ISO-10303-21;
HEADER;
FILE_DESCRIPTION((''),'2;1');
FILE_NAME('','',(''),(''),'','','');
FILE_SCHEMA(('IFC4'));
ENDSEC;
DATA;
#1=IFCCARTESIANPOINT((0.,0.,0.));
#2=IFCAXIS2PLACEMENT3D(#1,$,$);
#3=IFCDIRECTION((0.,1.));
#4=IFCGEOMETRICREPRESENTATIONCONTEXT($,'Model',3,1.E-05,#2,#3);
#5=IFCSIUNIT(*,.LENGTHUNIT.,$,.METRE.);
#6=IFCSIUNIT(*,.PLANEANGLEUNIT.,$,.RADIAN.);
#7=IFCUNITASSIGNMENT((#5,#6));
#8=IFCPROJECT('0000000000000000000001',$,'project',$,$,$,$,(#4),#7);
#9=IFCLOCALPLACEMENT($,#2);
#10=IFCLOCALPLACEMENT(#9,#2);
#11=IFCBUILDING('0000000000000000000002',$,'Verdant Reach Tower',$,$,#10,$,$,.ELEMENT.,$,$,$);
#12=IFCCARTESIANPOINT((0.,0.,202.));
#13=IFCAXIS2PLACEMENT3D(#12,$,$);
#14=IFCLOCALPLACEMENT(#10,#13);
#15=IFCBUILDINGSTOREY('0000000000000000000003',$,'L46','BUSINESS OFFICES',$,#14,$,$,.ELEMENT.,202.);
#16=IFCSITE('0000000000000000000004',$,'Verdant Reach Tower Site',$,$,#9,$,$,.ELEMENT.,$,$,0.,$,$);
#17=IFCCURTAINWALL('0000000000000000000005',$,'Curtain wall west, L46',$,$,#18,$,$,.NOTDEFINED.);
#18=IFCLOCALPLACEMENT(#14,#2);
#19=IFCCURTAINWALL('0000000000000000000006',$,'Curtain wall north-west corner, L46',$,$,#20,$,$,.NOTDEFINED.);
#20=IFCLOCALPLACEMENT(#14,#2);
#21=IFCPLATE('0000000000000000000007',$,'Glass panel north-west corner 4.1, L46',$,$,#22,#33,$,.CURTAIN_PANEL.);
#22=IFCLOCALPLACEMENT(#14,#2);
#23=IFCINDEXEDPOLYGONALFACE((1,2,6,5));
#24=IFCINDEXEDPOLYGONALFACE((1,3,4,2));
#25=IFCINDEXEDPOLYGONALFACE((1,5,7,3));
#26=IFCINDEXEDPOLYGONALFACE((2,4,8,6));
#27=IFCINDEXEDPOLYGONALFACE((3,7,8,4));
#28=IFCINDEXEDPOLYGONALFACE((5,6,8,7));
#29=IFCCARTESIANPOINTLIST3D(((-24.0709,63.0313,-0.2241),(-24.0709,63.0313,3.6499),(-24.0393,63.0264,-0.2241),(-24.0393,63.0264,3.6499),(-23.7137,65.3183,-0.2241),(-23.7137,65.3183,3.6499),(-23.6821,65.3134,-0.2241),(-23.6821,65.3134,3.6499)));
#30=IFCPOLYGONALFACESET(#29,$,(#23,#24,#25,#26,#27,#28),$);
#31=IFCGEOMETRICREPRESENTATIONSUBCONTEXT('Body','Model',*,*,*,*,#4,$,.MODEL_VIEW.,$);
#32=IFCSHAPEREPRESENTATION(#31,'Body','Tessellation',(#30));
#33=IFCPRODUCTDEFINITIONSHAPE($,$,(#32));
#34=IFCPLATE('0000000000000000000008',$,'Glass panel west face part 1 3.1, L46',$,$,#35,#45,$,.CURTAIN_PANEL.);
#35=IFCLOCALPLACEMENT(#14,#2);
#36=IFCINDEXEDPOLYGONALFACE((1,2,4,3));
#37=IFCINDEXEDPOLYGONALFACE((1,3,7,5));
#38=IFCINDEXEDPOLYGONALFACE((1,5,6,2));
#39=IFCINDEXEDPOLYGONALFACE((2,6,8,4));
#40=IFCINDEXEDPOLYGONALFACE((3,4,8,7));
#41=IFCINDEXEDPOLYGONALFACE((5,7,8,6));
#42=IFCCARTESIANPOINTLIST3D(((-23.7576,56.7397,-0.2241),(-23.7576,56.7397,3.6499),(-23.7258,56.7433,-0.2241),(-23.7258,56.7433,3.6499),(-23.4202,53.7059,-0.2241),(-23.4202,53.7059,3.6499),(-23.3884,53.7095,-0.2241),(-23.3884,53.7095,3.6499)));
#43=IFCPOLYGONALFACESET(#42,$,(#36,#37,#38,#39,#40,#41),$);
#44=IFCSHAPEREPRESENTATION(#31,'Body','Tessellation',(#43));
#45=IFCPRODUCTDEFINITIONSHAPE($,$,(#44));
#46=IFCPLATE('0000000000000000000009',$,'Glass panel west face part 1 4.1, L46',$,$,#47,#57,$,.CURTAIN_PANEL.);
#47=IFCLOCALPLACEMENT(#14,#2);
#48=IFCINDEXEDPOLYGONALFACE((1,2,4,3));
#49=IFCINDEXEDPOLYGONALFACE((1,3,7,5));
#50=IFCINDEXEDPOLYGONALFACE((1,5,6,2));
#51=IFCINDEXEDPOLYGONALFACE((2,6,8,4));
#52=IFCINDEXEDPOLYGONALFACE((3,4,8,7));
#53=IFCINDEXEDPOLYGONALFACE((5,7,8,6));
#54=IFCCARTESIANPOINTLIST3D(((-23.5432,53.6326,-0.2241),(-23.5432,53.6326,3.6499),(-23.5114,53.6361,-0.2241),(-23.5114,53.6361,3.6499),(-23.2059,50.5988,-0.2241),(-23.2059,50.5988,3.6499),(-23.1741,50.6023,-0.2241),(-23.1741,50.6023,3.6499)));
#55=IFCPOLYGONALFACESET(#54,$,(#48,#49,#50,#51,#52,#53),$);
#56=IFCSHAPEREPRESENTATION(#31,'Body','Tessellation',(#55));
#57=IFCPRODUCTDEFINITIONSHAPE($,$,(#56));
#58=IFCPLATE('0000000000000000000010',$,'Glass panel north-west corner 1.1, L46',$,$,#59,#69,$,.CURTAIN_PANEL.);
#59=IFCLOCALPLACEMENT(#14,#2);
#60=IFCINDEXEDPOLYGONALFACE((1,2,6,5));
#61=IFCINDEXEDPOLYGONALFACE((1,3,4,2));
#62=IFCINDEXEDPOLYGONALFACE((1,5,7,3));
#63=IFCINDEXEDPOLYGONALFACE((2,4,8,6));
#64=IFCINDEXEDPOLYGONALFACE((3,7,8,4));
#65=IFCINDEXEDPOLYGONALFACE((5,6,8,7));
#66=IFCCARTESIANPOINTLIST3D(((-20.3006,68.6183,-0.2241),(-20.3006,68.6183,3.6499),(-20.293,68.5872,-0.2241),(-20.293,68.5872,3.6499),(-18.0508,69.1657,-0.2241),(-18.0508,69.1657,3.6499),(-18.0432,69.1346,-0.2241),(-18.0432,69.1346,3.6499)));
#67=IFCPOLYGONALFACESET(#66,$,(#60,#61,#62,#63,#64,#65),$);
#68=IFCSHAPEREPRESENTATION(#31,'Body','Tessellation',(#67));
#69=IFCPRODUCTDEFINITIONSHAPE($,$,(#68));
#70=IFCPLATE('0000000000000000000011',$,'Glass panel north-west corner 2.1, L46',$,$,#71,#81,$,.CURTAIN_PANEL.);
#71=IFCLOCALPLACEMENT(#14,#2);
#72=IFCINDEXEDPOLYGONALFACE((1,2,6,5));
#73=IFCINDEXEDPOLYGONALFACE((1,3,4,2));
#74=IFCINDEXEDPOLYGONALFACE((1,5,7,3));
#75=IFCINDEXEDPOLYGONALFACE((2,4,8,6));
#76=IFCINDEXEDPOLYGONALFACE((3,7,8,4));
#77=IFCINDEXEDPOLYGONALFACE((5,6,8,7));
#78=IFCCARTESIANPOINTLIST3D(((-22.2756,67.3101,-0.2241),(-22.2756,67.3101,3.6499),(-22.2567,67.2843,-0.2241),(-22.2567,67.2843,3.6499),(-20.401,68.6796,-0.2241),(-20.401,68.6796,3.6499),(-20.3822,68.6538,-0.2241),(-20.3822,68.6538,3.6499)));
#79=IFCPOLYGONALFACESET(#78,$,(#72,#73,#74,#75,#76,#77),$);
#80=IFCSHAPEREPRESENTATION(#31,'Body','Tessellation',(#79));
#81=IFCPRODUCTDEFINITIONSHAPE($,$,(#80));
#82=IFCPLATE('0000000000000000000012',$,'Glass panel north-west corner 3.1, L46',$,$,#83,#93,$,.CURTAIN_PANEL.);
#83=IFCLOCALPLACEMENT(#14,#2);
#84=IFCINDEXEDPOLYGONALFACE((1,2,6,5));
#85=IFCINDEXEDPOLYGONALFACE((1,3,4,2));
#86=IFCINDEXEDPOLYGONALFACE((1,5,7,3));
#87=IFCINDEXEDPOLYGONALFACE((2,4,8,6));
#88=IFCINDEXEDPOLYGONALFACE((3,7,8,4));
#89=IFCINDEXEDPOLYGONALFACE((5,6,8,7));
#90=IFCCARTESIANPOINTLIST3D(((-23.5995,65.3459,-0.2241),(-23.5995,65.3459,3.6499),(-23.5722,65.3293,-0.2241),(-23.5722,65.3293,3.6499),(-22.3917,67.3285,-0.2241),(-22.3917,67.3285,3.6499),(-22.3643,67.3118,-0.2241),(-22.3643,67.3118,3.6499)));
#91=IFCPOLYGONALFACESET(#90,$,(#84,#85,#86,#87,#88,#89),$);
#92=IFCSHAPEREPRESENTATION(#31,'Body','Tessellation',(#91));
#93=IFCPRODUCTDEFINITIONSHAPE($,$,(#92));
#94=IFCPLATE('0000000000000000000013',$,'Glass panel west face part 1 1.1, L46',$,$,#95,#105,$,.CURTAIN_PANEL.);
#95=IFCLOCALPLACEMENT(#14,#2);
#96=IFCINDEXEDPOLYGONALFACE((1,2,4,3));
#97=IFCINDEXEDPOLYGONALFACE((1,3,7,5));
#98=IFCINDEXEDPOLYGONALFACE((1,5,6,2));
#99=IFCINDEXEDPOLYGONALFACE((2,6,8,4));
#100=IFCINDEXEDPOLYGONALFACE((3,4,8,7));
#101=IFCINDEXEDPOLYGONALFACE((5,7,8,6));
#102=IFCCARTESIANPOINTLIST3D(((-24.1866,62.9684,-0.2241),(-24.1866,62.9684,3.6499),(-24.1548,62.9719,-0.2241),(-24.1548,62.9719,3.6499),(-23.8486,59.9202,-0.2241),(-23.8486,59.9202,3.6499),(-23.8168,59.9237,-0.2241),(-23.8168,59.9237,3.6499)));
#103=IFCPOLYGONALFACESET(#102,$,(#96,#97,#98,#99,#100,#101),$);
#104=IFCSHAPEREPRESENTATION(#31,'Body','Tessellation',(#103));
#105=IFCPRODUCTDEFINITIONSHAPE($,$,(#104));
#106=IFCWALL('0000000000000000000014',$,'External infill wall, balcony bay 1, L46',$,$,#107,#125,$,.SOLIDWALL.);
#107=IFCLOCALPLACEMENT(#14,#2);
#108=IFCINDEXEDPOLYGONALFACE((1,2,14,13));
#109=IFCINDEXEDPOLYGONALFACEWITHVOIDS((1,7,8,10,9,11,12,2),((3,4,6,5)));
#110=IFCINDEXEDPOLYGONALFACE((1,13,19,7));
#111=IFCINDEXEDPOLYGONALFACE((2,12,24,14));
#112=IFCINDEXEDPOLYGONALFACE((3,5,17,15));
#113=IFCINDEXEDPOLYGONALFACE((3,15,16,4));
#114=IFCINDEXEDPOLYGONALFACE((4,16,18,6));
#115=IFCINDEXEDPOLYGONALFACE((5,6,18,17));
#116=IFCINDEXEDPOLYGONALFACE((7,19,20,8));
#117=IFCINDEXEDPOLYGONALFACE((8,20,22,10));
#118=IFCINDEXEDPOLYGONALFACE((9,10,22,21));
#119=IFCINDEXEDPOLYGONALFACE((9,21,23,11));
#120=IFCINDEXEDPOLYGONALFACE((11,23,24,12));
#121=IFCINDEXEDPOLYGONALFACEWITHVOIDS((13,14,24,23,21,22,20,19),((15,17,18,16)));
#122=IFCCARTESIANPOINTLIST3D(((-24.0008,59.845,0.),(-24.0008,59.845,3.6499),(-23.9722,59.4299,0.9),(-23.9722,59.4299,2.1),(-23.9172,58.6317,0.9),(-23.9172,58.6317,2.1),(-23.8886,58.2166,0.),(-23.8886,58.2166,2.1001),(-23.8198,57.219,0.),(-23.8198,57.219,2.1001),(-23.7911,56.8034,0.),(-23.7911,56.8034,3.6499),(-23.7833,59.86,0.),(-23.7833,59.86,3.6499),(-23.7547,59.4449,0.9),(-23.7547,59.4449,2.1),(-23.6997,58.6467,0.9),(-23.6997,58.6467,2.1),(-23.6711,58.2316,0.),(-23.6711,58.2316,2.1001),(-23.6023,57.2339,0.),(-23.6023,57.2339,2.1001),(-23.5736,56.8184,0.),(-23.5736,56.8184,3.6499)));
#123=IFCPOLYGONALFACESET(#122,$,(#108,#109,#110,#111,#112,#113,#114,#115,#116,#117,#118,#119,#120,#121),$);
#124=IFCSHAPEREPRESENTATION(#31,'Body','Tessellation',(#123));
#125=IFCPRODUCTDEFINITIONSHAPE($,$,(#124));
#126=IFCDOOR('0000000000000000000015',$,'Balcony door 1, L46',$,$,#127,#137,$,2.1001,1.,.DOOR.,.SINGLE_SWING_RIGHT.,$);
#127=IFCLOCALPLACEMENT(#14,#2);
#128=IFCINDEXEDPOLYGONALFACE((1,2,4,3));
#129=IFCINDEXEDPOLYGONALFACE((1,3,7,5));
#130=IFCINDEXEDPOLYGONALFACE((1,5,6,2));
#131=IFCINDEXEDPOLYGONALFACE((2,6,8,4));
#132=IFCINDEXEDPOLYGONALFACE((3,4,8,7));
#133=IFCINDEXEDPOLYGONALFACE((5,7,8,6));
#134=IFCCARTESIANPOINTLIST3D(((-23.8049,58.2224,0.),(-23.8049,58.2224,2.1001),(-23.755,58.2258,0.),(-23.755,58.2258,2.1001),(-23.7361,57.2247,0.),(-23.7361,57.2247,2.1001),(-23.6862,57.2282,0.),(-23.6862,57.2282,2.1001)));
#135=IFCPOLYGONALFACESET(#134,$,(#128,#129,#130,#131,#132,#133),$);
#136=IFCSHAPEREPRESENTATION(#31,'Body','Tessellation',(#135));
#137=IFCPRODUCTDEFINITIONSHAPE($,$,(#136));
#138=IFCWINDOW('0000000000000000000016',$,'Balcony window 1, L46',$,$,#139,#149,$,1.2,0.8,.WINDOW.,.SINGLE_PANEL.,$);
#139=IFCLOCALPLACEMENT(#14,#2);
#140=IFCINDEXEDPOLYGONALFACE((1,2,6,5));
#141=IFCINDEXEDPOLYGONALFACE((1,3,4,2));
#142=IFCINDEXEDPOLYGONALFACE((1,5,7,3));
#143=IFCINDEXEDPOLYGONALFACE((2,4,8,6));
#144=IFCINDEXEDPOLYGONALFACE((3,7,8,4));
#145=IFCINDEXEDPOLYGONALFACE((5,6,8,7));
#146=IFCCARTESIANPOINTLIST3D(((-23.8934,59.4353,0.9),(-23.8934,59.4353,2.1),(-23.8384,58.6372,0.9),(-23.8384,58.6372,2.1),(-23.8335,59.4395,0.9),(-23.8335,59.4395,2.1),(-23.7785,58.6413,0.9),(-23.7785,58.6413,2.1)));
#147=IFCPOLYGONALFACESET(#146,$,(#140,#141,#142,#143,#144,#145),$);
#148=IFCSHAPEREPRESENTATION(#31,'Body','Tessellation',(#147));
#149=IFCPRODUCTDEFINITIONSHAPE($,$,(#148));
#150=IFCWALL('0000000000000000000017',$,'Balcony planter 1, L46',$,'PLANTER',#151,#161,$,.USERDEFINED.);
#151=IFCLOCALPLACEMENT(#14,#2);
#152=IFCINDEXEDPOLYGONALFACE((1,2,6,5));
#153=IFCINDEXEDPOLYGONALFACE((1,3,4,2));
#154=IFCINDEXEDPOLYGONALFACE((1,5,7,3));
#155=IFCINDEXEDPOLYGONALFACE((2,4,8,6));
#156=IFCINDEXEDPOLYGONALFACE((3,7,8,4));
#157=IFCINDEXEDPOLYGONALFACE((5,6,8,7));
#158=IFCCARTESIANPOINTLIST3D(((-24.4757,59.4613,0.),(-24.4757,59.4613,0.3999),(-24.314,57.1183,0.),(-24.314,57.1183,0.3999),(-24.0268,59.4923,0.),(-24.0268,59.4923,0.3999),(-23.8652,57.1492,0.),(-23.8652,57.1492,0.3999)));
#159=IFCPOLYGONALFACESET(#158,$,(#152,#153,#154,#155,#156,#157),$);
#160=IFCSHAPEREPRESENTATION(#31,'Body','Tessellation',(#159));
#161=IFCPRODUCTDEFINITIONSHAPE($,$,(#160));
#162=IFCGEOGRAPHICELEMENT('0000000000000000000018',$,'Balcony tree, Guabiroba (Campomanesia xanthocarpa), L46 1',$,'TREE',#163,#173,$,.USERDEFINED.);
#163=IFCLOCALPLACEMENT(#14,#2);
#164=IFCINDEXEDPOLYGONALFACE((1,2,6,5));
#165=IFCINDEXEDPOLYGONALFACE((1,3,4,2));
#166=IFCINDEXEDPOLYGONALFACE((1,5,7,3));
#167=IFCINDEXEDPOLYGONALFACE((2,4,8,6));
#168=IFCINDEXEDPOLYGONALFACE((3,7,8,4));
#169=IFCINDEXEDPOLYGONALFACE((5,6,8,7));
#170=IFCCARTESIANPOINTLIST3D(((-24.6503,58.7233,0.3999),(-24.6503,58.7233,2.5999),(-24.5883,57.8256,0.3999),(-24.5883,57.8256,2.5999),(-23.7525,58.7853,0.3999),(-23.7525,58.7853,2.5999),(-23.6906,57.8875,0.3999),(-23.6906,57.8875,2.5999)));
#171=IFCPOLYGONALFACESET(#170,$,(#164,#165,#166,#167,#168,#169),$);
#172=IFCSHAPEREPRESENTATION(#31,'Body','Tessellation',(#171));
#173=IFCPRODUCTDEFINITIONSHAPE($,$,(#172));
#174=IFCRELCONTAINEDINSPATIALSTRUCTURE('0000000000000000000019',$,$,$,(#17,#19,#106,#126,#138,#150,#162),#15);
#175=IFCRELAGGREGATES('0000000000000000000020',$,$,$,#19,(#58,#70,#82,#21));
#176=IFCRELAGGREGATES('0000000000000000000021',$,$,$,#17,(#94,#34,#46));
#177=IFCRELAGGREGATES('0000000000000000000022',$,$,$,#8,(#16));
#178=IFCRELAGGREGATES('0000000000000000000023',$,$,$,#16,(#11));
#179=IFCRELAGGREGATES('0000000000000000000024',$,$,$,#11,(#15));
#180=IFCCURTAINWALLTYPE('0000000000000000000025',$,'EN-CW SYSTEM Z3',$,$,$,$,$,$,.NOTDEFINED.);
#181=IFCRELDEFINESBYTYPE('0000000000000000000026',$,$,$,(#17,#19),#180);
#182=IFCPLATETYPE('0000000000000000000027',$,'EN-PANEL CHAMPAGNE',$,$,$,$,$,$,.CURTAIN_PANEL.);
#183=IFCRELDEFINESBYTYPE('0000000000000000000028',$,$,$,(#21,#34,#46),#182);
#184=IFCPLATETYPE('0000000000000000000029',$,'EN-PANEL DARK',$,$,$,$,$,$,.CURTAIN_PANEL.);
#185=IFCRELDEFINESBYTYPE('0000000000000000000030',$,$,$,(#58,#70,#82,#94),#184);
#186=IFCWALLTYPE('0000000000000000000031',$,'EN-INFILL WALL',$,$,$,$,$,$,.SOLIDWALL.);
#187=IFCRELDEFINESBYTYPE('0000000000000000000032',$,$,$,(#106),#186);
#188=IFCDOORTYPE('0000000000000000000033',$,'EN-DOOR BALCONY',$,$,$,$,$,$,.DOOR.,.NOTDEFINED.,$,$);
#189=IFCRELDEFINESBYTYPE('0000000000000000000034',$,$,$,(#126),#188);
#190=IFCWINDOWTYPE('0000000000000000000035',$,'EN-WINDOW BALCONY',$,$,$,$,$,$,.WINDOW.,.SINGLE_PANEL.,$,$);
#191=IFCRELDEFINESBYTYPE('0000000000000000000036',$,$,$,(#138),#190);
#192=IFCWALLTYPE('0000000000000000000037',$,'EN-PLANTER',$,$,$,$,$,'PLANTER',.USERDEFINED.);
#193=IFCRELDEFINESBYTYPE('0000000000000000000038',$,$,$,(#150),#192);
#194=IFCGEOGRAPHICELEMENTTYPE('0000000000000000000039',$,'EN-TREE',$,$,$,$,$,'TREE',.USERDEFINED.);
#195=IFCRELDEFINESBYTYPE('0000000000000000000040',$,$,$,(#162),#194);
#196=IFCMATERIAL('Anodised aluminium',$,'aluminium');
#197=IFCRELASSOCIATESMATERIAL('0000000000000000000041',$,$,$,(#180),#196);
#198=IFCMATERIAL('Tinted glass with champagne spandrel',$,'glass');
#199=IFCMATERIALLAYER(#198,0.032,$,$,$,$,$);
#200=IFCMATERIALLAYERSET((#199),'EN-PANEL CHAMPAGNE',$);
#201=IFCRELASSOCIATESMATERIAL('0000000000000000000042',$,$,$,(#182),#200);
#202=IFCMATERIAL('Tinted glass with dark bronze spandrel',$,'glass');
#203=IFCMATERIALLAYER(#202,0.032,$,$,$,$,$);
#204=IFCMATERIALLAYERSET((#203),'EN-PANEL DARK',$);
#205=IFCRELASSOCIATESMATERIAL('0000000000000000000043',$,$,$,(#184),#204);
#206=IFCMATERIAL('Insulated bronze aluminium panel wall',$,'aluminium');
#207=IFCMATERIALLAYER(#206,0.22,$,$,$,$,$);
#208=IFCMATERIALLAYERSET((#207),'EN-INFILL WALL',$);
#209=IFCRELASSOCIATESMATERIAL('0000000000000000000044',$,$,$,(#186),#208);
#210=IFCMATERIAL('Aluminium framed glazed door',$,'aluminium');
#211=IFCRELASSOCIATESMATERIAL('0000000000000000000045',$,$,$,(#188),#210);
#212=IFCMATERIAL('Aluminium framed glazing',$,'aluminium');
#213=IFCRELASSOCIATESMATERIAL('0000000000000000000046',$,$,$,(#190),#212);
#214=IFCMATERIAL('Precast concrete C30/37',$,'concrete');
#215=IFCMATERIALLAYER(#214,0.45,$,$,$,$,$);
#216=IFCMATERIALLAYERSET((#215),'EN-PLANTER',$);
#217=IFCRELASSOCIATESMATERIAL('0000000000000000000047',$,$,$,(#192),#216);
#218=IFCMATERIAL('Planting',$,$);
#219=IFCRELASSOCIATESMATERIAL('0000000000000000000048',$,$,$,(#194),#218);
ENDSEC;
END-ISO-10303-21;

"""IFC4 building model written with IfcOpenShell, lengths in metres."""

from ifc_helpers import new_model, si_unit, direction, frame, frame_2d, origin, origin_2d, place, context, subcontext, project, spatial, rectangle, extrude, material, layer, layer_set, type_object, element, fill, aggregate, save


model = new_model("IFC4")

# Units and contexts
model_context = context("Model", 3, precision=1e-05, world=origin(), true_north=direction((0.0, 1.0)))
body_context = subcontext(model_context, "Body", "Model", "MODEL_VIEW")
ifc_project = project(units=[si_unit("LENGTHUNIT", "METRE"), si_unit("PLANEANGLEUNIT", "RADIAN")], contexts=[model_context])

# Site, building, storey
site_placement = place(None, origin())
site = spatial("IfcSite", under=ifc_project, at=site_placement, Name="Verdant Reach Tower Site", CompositionType="ELEMENT", RefElevation=0.0)
building_placement = place(site_placement, origin())
building = spatial("IfcBuilding", under=site, at=building_placement, Name="Verdant Reach Tower", CompositionType="ELEMENT")
storey_placement = place(building_placement, frame((0.0, 0.0, 202.0)))
storey = spatial("IfcBuildingStorey", under=building, at=storey_placement, Name="L46", Description="BUSINESS OFFICES", CompositionType="ELEMENT", Elevation=202.0)

# Curtain wall
ifc_material_1 = material(Name="Anodised aluminium", Category="aluminium")
curtain_wall_type = type_object("IfcCurtainWallType", Name="EN-CW SYSTEM Z3", PredefinedType="NOTDEFINED", material=ifc_material_1)
curtain_wall_1_placement = place(storey_placement, origin())
curtain_wall_1 = element("IfcCurtainWall", 1, at=curtain_wall_1_placement, inside=storey, type_object=curtain_wall_type, Name="Curtain wall west, L46", PredefinedType="NOTDEFINED")

# Curtain wall, plate
curtain_wall_2_placement = place(storey_placement, origin())
curtain_wall_2 = element("IfcCurtainWall", 2, at=curtain_wall_2_placement, inside=storey, type_object=curtain_wall_type, Name="Curtain wall north-west corner, L46", PredefinedType="NOTDEFINED")
ifc_material_2 = material(Name="Tinted glass with champagne spandrel", Category="glass")
ifc_layer_1 = layer(ifc_material_2, 0.032)
ifc_layer_set_1 = layer_set([ifc_layer_1], Name="EN-PANEL CHAMPAGNE")
plate_type_1 = type_object("IfcPlateType", Name="EN-PANEL CHAMPAGNE", PredefinedType="CURTAIN_PANEL", material=ifc_layer_set_1)
plate_1_placement = place(storey_placement, frame((-23.8765, 64.1724, -0.2241), z_axis=(0.0, 0.0, 1.0), x_axis=(-0.154312, -0.988022, 0.0)))
plate_1 = element("IfcPlate", 3, at=plate_1_placement, type_object=plate_type_1, Name="Glass panel north-west corner 4.1, L46", PredefinedType="CURTAIN_PANEL", context=body_context, shape_type="SweptSolid", body=[
    extrude(rectangle(XDim=2.3147, YDim=0.032, at=origin_2d()), origin(), (0.0, 0.0, 1.0), 3.874),
])

# Plates
plate_2_placement = place(storey_placement, frame((-23.573, 55.2246, -0.2241), z_axis=(0.0, 0.0, 1.0), x_axis=(0.110518, -0.993874, 0.0)))
plate_2 = element("IfcPlate", 4, at=plate_2_placement, type_object=plate_type_1, Name="Glass panel west face part 1 3.1, L46", PredefinedType="CURTAIN_PANEL", context=body_context, shape_type="SweptSolid", body=[
    extrude(rectangle(XDim=3.0525, YDim=0.032, at=origin_2d()), origin(), (0.0, 0.0, 1.0), 3.874),
])
plate_3_placement = place(storey_placement, frame((-23.3586, 52.1174, -0.2241), z_axis=(0.0, 0.0, 1.0), x_axis=(0.110518, -0.993874, 0.0)))
plate_3 = element("IfcPlate", 5, at=plate_3_placement, type_object=plate_type_1, Name="Glass panel west face part 1 4.1, L46", PredefinedType="CURTAIN_PANEL", context=body_context, shape_type="SweptSolid", body=[
    extrude(rectangle(XDim=3.0525, YDim=0.032, at=origin_2d()), origin(), (0.0, 0.0, 1.0), 3.874),
])
ifc_material_3 = material(Name="Tinted glass with dark bronze spandrel", Category="glass")
ifc_layer_2 = layer(ifc_material_3, 0.032)
ifc_layer_set_2 = layer_set([ifc_layer_2], Name="EN-PANEL DARK")
plate_type_2 = type_object("IfcPlateType", Name="EN-PANEL DARK", PredefinedType="CURTAIN_PANEL", material=ifc_layer_set_2)
plate_4_placement = place(storey_placement, frame((-19.1719, 68.8765, -0.2241), z_axis=(0.0, 0.0, 1.0), x_axis=(-0.971655, -0.236403, 0.0)))
plate_4 = element("IfcPlate", 6, at=plate_4_placement, type_object=plate_type_2, Name="Glass panel north-west corner 1.1, L46", PredefinedType="CURTAIN_PANEL", context=body_context, shape_type="SweptSolid", body=[
    extrude(rectangle(XDim=2.3154, YDim=0.032, at=origin_2d()), origin(), (0.0, 0.0, 1.0), 3.874),
])
plate_5_placement = place(storey_placement, frame((-21.3289, 67.9819, -0.2241), z_axis=(0.0, 0.0, 1.0), x_axis=(-0.807457, -0.589927, 0.0)))
plate_5 = element("IfcPlate", 7, at=plate_5_placement, type_object=plate_type_2, Name="Glass panel north-west corner 2.1, L46", PredefinedType="CURTAIN_PANEL", context=body_context, shape_type="SweptSolid", body=[
    extrude(rectangle(XDim=2.3215, YDim=0.032, at=origin_2d()), origin(), (0.0, 0.0, 1.0), 3.874),
])
plate_6_placement = place(storey_placement, frame((-22.9819, 66.3289, -0.2241), z_axis=(0.0, 0.0, 1.0), x_axis=(-0.520292, -0.853989, 0.0)))
plate_6 = element("IfcPlate", 8, at=plate_6_placement, type_object=plate_type_2, Name="Glass panel north-west corner 3.1, L46", PredefinedType="CURTAIN_PANEL", context=body_context, shape_type="SweptSolid", body=[
    extrude(rectangle(XDim=2.3215, YDim=0.032, at=origin_2d()), origin(), (0.0, 0.0, 1.0), 3.874),
])
aggregate(curtain_wall_2, [plate_4, plate_5, plate_6, plate_1])
plate_7_placement = place(storey_placement, frame((-24.0017, 61.446, -0.2241), z_axis=(0.0, 0.0, 1.0), x_axis=(0.110214, -0.993908, 0.0)))
plate_7 = element("IfcPlate", 9, at=plate_7_placement, type_object=plate_type_2, Name="Glass panel west face part 1 1.1, L46", PredefinedType="CURTAIN_PANEL", context=body_context, shape_type="SweptSolid", body=[
    extrude(rectangle(XDim=3.0669, YDim=0.032, at=origin_2d()), origin(), (0.0, 0.0, 1.0), 3.874),
])
aggregate(curtain_wall_1, [plate_7, plate_2, plate_3])

# Wall, openings, door, window
ifc_material_4 = material(Name="Insulated bronze aluminium panel wall", Category="aluminium")
ifc_layer_3 = layer(ifc_material_4, 0.22)
ifc_layer_set_3 = layer_set([ifc_layer_3], Name="EN-INFILL WALL")
wall_type_1 = type_object("IfcWallType", Name="EN-INFILL WALL", PredefinedType="SOLIDWALL", material=ifc_layer_set_3)
wall_1_placement = place(storey_placement, frame((-23.8921, 59.8525, 0.0), z_axis=(0.0, 0.0, 1.0), x_axis=(0.068788, -0.997631, 0.0)))
wall_1 = element("IfcWall", 10, at=wall_1_placement, inside=storey, type_object=wall_type_1, Name="External infill wall, balcony bay 1, L46", PredefinedType="SOLIDWALL", context=body_context, shape_type="SweptSolid", body=[
    extrude(rectangle(XDim=3.0488, YDim=0.218, at=frame_2d((1.5244, 0.0))), origin(), (0.0, 0.0, 1.0), 3.6499),
])
opening_1_placement = place(wall_1_placement, frame((1.6323, 0.0, 0.0)))
opening_1 = element("IfcOpeningElement", 11, at=opening_1_placement, cuts=wall_1, PredefinedType="OPENING", context=body_context, shape_type="SweptSolid", body=[
    extrude(rectangle(XDim=1.0, YDim=2.1001, at=frame_2d((0.5, 1.05))), frame((0.0, 0.1189, 0.0), z_axis=(0.0, -1.0, 0.0), x_axis=(1.0, 0.0, 0.0)), (0.0, 0.0, 1.0), 0.238),
])
opening_2_placement = place(wall_1_placement, frame((0.4163, 0.0, 0.8999)))
opening_2 = element("IfcOpeningElement", 12, at=opening_2_placement, cuts=wall_1, PredefinedType="OPENING", context=body_context, shape_type="SweptSolid", body=[
    extrude(rectangle(XDim=0.8, YDim=1.2, at=frame_2d((0.3999, 0.6001))), frame((0.0, 0.1189, 0.0), z_axis=(0.0, -1.0, 0.0), x_axis=(1.0, 0.0, 0.0)), (0.0, 0.0, 1.0), 0.238),
])
ifc_material_5 = material(Name="Aluminium framed glazed door", Category="aluminium")
door_type = type_object("IfcDoorType", Name="EN-DOOR BALCONY", OperationType="NOTDEFINED", PredefinedType="DOOR", material=ifc_material_5)
door_placement = place(opening_1_placement, origin())
door = element("IfcDoor", 13, at=door_placement, inside=storey, type_object=door_type, Name="Balcony door 1, L46", OperationType="SINGLE_SWING_RIGHT", OverallHeight=2.1001, OverallWidth=1.0, PredefinedType="DOOR", context=body_context, shape_type="SweptSolid", body=[
    extrude(rectangle(XDim=1.0, YDim=2.1001, at=frame_2d((0.5, 1.05))), frame((0.0, 0.0249, 0.0), z_axis=(0.0, -1.0, 0.0), x_axis=(1.0, 0.0, 0.0)), (0.0, 0.0, 1.0), 0.05),
])
fill(opening_1, door)
ifc_material_6 = material(Name="Aluminium framed glazing", Category="aluminium")
window_type = type_object("IfcWindowType", Name="EN-WINDOW BALCONY", PartitioningType="SINGLE_PANEL", PredefinedType="WINDOW", material=ifc_material_6)
window_placement = place(opening_2_placement, origin())
window = element("IfcWindow", 14, at=window_placement, inside=storey, type_object=window_type, Name="Balcony window 1, L46", OverallHeight=1.2, OverallWidth=0.8, PartitioningType="SINGLE_PANEL", PredefinedType="WINDOW", context=body_context, shape_type="SweptSolid", body=[
    extrude(rectangle(XDim=0.8, YDim=1.2, at=frame_2d((0.3999, 0.6001))), frame((0.0, 0.03, 0.0), z_axis=(0.0, -1.0, 0.0), x_axis=(1.0, 0.0, 0.0)), (0.0, 0.0, 1.0), 0.0601),
])
fill(opening_2, window)

# Wall
ifc_material_7 = material(Name="Precast concrete C30/37", Category="concrete")
ifc_layer_4 = layer(ifc_material_7, 0.45)
ifc_layer_set_4 = layer_set([ifc_layer_4], Name="EN-PLANTER")
wall_type_2 = type_object("IfcWallType", Name="EN-PLANTER", ElementType="PLANTER", PredefinedType="USERDEFINED", material=ifc_layer_set_4)
wall_2_placement = place(storey_placement, frame((-24.2512, 59.4768, 0.0), z_axis=(0.0, 0.0, 1.0), x_axis=(0.068816, -0.997629, 0.0)))
element("IfcWall", 15, at=wall_2_placement, inside=storey, type_object=wall_type_2, Name="Balcony planter 1, L46", ObjectType="PLANTER", PredefinedType="USERDEFINED", context=body_context, shape_type="SweptSolid", body=[
    extrude(rectangle(XDim=2.3486, YDim=0.45, at=frame_2d((1.1743, 0.0))), origin(), (0.0, 0.0, 1.0), 0.3999),
])

# Geographic element
ifc_material_8 = material(Name="Planting")
geographic_element_type = type_object("IfcGeographicElementType", Name="EN-TREE", ElementType="TREE", PredefinedType="USERDEFINED", material=ifc_material_8)
geographic_element_placement = place(storey_placement, frame((-24.1704, 58.3054, 0.3999), z_axis=(0.0, 0.0, 1.0), x_axis=(0.068802, -0.99763, 0.0)))
element("IfcGeographicElement", 16, at=geographic_element_placement, inside=storey, type_object=geographic_element_type, Name="Balcony tree, Guabiroba (Campomanesia xanthocarpa), L46 1", ObjectType="TREE", PredefinedType="USERDEFINED", context=body_context, shape_type="SweptSolid", body=[
    extrude(rectangle(XDim=0.8999, YDim=0.8999, at=origin_2d()), origin(), (0.0, 0.0, 1.0), 2.2),
])

save(model, "model.ifc")
